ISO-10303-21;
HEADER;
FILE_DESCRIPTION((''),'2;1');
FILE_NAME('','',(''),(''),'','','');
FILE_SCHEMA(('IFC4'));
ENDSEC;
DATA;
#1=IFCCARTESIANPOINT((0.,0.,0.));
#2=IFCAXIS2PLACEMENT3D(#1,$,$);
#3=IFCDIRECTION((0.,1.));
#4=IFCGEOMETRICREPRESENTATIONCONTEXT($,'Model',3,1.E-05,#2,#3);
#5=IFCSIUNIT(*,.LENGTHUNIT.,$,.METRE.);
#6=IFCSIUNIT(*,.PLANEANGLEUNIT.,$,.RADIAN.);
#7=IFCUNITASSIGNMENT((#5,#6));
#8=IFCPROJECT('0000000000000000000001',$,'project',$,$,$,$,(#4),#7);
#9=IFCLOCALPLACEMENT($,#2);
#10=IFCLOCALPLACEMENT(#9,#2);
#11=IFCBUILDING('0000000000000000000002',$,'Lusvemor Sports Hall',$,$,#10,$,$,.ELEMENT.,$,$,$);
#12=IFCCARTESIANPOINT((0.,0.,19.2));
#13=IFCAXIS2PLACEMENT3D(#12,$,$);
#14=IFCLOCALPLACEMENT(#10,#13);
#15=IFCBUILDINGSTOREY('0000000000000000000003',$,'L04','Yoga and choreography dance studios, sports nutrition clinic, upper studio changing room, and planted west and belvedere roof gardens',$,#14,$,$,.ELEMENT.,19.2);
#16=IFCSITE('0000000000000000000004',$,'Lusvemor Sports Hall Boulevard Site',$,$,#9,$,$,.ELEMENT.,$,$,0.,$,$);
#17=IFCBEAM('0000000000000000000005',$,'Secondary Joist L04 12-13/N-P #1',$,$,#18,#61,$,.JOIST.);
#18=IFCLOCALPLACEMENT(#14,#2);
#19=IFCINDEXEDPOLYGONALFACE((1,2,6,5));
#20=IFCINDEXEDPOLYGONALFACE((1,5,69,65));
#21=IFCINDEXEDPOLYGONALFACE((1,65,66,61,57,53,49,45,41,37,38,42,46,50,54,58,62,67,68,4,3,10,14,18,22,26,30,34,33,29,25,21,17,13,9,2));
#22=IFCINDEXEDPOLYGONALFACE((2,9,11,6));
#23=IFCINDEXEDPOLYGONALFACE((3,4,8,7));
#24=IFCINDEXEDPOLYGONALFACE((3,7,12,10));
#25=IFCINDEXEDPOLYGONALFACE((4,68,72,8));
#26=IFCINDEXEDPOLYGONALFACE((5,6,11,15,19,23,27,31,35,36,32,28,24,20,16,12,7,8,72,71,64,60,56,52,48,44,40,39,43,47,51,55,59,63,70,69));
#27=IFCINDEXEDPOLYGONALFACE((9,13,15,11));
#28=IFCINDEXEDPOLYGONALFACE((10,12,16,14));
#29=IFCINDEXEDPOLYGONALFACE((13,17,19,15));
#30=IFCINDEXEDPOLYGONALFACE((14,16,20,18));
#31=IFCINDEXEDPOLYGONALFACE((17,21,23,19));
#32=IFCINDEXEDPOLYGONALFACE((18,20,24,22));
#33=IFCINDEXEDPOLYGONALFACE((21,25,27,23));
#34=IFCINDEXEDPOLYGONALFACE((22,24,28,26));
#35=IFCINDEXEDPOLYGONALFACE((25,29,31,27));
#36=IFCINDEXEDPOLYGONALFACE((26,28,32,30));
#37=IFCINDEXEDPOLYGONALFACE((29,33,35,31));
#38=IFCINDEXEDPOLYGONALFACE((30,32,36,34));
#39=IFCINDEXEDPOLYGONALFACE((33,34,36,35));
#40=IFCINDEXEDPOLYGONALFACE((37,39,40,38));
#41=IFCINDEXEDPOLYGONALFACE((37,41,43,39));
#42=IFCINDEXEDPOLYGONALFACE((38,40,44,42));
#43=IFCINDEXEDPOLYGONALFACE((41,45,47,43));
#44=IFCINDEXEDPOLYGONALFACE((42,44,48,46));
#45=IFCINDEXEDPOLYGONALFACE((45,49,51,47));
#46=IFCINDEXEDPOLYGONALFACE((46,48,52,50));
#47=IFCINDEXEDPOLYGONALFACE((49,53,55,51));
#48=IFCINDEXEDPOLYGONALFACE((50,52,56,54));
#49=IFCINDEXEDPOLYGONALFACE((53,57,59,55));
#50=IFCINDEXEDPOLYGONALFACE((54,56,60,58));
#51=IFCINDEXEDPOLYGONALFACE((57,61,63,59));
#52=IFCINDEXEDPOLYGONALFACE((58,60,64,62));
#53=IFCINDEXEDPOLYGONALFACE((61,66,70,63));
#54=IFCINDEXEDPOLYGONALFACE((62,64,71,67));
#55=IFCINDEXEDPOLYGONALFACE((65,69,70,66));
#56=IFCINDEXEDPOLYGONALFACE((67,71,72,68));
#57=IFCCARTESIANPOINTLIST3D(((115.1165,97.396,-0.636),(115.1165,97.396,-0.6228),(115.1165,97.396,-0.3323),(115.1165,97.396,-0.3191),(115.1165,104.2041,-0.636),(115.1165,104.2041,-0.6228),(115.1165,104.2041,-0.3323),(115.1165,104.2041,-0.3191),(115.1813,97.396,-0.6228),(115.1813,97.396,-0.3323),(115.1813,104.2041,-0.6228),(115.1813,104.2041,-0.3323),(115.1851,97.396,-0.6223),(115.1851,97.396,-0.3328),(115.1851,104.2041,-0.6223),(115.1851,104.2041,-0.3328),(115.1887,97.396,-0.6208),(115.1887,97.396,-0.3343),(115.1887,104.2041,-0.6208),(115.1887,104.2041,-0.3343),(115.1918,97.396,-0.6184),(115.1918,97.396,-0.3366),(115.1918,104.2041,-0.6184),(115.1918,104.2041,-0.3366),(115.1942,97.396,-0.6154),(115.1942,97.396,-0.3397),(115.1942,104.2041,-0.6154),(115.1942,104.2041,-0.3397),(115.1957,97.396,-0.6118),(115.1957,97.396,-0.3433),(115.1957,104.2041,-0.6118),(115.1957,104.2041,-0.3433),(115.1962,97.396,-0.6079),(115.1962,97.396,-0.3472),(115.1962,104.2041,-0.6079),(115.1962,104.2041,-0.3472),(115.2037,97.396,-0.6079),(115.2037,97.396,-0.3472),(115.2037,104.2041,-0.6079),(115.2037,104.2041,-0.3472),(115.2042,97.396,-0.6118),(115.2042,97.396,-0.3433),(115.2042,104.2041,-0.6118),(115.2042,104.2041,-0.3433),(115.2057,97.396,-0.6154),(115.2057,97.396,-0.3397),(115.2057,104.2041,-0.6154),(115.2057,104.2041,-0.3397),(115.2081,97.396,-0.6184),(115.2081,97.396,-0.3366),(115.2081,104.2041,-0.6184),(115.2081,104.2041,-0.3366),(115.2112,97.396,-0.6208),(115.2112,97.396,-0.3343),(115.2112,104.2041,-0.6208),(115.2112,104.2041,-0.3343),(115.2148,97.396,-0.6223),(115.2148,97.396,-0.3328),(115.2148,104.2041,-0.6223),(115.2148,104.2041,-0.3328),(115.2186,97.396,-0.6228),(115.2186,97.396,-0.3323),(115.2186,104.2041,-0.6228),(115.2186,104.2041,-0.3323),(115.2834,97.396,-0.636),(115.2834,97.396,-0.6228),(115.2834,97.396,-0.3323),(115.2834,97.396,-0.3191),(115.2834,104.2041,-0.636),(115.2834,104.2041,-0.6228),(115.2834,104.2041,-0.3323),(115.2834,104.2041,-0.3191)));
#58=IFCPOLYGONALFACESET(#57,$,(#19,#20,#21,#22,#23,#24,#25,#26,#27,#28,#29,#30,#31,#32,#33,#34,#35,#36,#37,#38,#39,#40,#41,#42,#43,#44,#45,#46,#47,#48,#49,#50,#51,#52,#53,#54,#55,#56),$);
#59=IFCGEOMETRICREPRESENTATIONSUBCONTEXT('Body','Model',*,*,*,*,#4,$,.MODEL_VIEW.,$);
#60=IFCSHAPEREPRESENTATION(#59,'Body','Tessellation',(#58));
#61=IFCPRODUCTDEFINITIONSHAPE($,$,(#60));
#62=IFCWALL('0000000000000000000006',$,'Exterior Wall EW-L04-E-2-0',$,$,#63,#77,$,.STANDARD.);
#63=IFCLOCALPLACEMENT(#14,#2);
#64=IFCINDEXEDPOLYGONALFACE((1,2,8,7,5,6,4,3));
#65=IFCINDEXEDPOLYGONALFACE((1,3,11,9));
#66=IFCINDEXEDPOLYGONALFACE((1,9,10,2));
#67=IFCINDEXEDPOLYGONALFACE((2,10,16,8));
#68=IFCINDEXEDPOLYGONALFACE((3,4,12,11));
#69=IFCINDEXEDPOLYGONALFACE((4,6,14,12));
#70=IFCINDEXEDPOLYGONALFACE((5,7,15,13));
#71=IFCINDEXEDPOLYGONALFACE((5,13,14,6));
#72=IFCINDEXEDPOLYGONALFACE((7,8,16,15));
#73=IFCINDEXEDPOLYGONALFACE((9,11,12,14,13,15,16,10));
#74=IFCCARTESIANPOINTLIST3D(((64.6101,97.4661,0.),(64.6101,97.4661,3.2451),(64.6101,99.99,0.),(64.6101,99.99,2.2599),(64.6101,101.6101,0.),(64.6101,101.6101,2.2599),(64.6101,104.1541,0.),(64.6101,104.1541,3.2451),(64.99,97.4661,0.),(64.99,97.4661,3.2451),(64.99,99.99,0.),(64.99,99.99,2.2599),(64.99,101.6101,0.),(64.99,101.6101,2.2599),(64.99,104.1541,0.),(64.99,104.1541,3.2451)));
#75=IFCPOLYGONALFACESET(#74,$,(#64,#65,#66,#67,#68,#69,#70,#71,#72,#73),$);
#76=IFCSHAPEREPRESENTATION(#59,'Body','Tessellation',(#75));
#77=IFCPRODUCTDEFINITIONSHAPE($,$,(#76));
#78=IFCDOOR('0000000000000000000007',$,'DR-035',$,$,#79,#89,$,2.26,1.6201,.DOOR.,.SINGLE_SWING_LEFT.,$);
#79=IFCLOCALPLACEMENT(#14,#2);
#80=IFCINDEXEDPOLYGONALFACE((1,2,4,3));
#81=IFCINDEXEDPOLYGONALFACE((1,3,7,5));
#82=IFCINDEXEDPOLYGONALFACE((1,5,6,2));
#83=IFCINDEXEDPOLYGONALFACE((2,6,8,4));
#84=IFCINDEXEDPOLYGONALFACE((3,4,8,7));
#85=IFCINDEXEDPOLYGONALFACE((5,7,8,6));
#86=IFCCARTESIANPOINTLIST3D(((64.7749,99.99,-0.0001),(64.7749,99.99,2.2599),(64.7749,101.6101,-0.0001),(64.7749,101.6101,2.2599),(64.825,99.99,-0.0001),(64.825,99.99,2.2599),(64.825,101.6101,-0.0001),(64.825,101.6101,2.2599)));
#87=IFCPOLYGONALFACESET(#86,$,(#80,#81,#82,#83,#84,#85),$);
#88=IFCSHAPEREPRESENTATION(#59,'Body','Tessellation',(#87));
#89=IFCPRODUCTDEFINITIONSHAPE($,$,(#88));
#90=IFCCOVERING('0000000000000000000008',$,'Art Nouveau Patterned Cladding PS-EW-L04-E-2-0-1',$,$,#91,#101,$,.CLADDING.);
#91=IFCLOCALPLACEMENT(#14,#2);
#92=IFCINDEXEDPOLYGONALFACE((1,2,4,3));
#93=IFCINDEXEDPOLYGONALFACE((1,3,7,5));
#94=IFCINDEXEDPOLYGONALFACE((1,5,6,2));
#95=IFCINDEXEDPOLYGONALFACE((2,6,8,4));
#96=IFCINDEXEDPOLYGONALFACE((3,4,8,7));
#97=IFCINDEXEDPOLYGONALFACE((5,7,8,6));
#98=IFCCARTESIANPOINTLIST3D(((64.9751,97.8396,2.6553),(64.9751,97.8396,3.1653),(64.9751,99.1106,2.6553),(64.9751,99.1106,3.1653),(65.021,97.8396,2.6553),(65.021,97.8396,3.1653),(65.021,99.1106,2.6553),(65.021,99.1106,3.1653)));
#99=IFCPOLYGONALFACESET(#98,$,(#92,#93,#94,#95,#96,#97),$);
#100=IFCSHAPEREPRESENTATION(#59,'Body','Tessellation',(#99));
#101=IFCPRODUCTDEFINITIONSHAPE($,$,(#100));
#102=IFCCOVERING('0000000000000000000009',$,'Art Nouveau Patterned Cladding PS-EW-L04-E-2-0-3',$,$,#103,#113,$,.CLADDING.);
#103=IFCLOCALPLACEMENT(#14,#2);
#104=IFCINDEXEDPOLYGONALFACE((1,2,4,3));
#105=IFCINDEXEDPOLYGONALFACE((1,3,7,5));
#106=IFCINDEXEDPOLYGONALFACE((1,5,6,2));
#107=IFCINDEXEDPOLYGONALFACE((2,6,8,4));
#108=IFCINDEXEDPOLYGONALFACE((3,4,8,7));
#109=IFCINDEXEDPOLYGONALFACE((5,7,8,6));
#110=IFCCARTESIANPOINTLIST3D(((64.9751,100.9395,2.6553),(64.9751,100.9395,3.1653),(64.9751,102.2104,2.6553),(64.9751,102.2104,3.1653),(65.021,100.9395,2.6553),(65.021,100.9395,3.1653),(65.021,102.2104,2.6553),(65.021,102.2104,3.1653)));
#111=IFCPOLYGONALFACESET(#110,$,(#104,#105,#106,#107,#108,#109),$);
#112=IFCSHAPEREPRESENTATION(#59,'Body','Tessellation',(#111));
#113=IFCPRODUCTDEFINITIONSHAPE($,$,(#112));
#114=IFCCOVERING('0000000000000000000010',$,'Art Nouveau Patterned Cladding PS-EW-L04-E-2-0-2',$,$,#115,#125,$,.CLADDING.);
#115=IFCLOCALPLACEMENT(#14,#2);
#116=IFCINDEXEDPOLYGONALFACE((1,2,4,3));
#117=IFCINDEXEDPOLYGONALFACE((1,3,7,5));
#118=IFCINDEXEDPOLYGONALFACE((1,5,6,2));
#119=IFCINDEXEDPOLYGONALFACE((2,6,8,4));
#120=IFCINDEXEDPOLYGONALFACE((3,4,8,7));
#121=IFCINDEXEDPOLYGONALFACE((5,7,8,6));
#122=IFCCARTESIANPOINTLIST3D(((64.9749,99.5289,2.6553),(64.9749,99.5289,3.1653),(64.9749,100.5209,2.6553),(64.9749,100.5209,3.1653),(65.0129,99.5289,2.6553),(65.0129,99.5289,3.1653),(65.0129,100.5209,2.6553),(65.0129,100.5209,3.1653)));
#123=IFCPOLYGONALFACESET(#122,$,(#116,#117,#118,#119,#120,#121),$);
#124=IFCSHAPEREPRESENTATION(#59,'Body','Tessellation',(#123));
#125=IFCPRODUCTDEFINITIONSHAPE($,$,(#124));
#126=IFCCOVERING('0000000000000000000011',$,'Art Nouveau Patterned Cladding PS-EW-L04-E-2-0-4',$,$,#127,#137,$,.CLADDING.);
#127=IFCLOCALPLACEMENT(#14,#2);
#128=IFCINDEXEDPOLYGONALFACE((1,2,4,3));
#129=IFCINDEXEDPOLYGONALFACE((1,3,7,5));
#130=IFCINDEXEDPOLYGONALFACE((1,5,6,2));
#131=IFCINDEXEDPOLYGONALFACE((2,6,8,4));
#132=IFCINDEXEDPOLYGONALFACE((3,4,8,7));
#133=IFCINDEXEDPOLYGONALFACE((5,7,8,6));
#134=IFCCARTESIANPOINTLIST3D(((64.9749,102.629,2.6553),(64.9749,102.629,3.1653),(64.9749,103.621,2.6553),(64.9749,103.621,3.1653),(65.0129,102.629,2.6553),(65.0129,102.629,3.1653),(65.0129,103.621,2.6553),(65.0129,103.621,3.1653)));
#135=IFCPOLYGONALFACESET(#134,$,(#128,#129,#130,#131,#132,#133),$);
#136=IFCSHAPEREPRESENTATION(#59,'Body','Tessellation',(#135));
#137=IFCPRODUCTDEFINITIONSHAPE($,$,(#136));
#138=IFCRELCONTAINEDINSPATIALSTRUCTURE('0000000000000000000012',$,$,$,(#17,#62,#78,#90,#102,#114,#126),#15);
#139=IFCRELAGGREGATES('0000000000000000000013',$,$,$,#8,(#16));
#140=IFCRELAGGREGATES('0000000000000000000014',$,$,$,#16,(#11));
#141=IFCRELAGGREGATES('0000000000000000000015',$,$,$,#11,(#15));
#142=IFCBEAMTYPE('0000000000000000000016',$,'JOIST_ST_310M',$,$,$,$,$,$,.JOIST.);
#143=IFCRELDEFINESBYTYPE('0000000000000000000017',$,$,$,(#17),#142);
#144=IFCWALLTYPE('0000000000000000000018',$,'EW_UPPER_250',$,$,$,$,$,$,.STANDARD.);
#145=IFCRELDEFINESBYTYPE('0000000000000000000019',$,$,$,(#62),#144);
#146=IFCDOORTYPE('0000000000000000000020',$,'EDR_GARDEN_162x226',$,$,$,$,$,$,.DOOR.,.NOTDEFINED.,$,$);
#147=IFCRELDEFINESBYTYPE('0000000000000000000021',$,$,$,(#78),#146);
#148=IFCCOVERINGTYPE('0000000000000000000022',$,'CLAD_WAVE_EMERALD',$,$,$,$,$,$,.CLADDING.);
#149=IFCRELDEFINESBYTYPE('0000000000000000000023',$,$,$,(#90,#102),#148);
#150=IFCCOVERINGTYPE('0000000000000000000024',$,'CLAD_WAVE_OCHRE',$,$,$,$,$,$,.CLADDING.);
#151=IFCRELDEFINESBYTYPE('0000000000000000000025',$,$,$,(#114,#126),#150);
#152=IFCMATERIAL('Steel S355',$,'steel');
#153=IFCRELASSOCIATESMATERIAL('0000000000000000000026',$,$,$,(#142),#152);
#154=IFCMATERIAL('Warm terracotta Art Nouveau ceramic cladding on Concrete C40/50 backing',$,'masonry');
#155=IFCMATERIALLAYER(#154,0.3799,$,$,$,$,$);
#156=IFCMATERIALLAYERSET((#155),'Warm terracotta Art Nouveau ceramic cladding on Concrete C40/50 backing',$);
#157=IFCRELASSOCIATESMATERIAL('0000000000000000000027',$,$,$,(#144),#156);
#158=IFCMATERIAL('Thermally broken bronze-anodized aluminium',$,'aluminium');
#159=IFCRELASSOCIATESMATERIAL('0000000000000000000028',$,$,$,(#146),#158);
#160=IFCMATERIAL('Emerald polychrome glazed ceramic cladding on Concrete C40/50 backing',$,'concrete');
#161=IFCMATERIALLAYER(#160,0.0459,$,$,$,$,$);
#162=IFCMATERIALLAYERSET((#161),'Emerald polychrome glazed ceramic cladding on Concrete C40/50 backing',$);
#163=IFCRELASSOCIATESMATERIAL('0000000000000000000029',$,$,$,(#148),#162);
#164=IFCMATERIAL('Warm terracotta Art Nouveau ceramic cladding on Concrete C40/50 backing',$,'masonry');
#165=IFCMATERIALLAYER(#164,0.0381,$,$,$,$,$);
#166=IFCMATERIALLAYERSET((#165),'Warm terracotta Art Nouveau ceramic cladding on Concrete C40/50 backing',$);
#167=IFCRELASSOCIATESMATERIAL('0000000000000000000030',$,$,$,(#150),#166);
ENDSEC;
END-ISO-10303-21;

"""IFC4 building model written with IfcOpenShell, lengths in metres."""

from ifc_helpers import new_model, si_unit, direction, frame, frame_2d, origin, origin_2d, place, context, subcontext, project, spatial, rectangle, i_section, extrude, material, layer, layer_set, material_profile, profile_set, type_object, element, fill, save


model = new_model("IFC4")

# Units and contexts
model_context = context("Model", 3, precision=1e-05, world=origin(), true_north=direction((0.0, 1.0)))
body_context = subcontext(model_context, "Body", "Model", "MODEL_VIEW")
ifc_project = project(units=[si_unit("LENGTHUNIT", "METRE"), si_unit("PLANEANGLEUNIT", "RADIAN")], contexts=[model_context])

# Site, building, storey
site_placement = place(None, origin())
site = spatial("IfcSite", under=ifc_project, at=site_placement, Name="Lusvemor Sports Hall Boulevard Site", CompositionType="ELEMENT", RefElevation=0.0)
building_placement = place(site_placement, origin())
building = spatial("IfcBuilding", under=site, at=building_placement, Name="Lusvemor Sports Hall", CompositionType="ELEMENT")
storey_placement = place(building_placement, frame((0.0, 0.0, 19.2)))
storey = spatial("IfcBuildingStorey", under=building, at=storey_placement, Name="L04", Description="Yoga and choreography dance studios, sports nutrition clinic, upper studio changing room, and planted west and belvedere roof gardens", CompositionType="ELEMENT", Elevation=19.2)

# Beam
ifc_material_1 = material(Name="Steel S355", Category="steel")
ifc_material_profile_1 = material_profile(ifc_material_1, i_section(OverallWidth=0.167, OverallDepth=0.3169, WebThickness=0.0076, FlangeThickness=0.0132, FilletRadius=0.0149, at=origin_2d()), Name="W310x52.0")
ifc_profile_set_1 = profile_set([ifc_material_profile_1], Name="Steel S355")
beam_type_1 = type_object("IfcBeamType", Name="JOIST_ST_310M", PredefinedType="JOIST", material=ifc_profile_set_1)
for number, where, z_axis, x_axis, name in (
    (1, (115.2, 97.396, -0.4775), (0.0, 1.0, 0.0), (-1.0, 0.0, 0.0), "Secondary Joist L04 12-13/N-P #1"),
):
    element("IfcBeam", number, at=place(storey_placement, frame(where, z_axis=z_axis, x_axis=x_axis)), inside=storey, type_object=beam_type_1, Name=name, PredefinedType="JOIST", context=body_context, shape_type="SweptSolid", body=[
        extrude(i_section(OverallWidth=0.167, OverallDepth=0.3169, WebThickness=0.0076, FlangeThickness=0.0132, FilletRadius=0.0149, at=origin_2d()), origin(), (0.0, 0.0, 1.0), 6.8081),
    ])

# Wall, opening, door
ifc_material_2 = material(Name="Warm terracotta Art Nouveau ceramic cladding on Concrete C40/50 backing", Category="masonry")
ifc_layer_1 = layer(ifc_material_2, 0.3799)
ifc_layer_set_1 = layer_set([ifc_layer_1], Name="Warm terracotta Art Nouveau ceramic cladding on Concrete C40/50 backing")
wall_type = type_object("IfcWallType", Name="EW_UPPER_250", PredefinedType="STANDARD", material=ifc_layer_set_1)
wall_placement = place(storey_placement, frame((64.8, 104.1541, 0.0), z_axis=(0.0, 0.0, 1.0), x_axis=(0.0, -1.0, 0.0)))
wall = element("IfcWall", 2, at=wall_placement, inside=storey, type_object=wall_type, Name="Exterior Wall EW-L04-E-2-0", PredefinedType="STANDARD", context=body_context, shape_type="SweptSolid", body=[
    extrude(rectangle(XDim=6.688, YDim=0.3799, at=frame_2d((3.344, 0.0))), origin(), (0.0, 0.0, 1.0), 3.2451),
])
opening_placement = place(wall_placement, frame((2.5439, 0.0, 0.0)))
opening = element("IfcOpeningElement", 3, at=opening_placement, cuts=wall, PredefinedType="OPENING", context=body_context, shape_type="SweptSolid", body=[
    extrude(rectangle(XDim=1.6201, YDim=2.26, at=frame_2d((0.8101, 1.1299))), frame((0.0, 0.1899, 0.0), z_axis=(0.0, -1.0, 0.0), x_axis=(1.0, 0.0, 0.0)), (0.0, 0.0, 1.0), 0.3799),
])
ifc_material_3 = material(Name="Thermally broken bronze-anodized aluminium", Category="aluminium")
door_type = type_object("IfcDoorType", Name="EDR_GARDEN_162x226", OperationType="NOTDEFINED", PredefinedType="DOOR", material=ifc_material_3)
door_placement = place(opening_placement, origin())
door = element("IfcDoor", 4, at=door_placement, inside=storey, type_object=door_type, Name="DR-035", OperationType="SINGLE_SWING_LEFT", OverallHeight=2.26, OverallWidth=1.6201, PredefinedType="DOOR", context=body_context, shape_type="SweptSolid", body=[
    extrude(rectangle(XDim=1.6201, YDim=2.26, at=frame_2d((0.8101, 1.1299))), frame((0.0, 0.0249, 0.0), z_axis=(0.0, -1.0, 0.0), x_axis=(1.0, 0.0, 0.0)), (0.0, 0.0, 1.0), 0.05),
])
fill(opening, door)

# Coverings
ifc_material_4 = material(Name="Emerald polychrome glazed ceramic cladding on Concrete C40/50 backing", Category="concrete")
ifc_layer_2 = layer(ifc_material_4, 0.0459)
ifc_layer_set_2 = layer_set([ifc_layer_2], Name="Emerald polychrome glazed ceramic cladding on Concrete C40/50 backing")
covering_type_1 = type_object("IfcCoveringType", Name="CLAD_WAVE_EMERALD", PredefinedType="CLADDING", material=ifc_layer_set_2)
for number, where, z_axis, x_axis, name in (
    (5, (64.998, 98.4751, 2.6553), (0.0, 0.0, 1.0), (1.0, 0.0, 0.0), "Art Nouveau Patterned Cladding PS-EW-L04-E-2-0-1"),
    (6, (64.998, 101.575, 2.6553), (0.0, 0.0, 1.0), (1.0, 0.0, 0.0), "Art Nouveau Patterned Cladding PS-EW-L04-E-2-0-3"),
):
    element("IfcCovering", number, at=place(storey_placement, frame(where, z_axis=z_axis, x_axis=x_axis)), inside=storey, type_object=covering_type_1, Name=name, PredefinedType="CLADDING", context=body_context, shape_type="SweptSolid", body=[
        extrude(rectangle(XDim=0.0459, YDim=1.271, at=origin_2d()), origin(), (0.0, 0.0, 1.0), 0.51),
    ])
ifc_material_5 = material(Name="Warm terracotta Art Nouveau ceramic cladding on Concrete C40/50 backing", Category="masonry")
ifc_layer_3 = layer(ifc_material_5, 0.0381)
ifc_layer_set_3 = layer_set([ifc_layer_3], Name="Warm terracotta Art Nouveau ceramic cladding on Concrete C40/50 backing")
covering_type_2 = type_object("IfcCoveringType", Name="CLAD_WAVE_OCHRE", PredefinedType="CLADDING", material=ifc_layer_set_3)
for number, where, z_axis, x_axis, name in (
    (7, (64.9939, 100.0249, 2.6553), (0.0, 0.0, 1.0), (1.0, 0.0, 0.0), "Art Nouveau Patterned Cladding PS-EW-L04-E-2-0-2"),
    (8, (64.9939, 103.125, 2.6553), (0.0, 0.0, 1.0), (1.0, 0.0, 0.0), "Art Nouveau Patterned Cladding PS-EW-L04-E-2-0-4"),
):
    element("IfcCovering", number, at=place(storey_placement, frame(where, z_axis=z_axis, x_axis=x_axis)), inside=storey, type_object=covering_type_2, Name=name, PredefinedType="CLADDING", context=body_context, shape_type="SweptSolid", body=[
        extrude(rectangle(XDim=0.0381, YDim=0.9919, at=origin_2d()), origin(), (0.0, 0.0, 1.0), 0.51),
    ])

save(model, "model.ifc")
